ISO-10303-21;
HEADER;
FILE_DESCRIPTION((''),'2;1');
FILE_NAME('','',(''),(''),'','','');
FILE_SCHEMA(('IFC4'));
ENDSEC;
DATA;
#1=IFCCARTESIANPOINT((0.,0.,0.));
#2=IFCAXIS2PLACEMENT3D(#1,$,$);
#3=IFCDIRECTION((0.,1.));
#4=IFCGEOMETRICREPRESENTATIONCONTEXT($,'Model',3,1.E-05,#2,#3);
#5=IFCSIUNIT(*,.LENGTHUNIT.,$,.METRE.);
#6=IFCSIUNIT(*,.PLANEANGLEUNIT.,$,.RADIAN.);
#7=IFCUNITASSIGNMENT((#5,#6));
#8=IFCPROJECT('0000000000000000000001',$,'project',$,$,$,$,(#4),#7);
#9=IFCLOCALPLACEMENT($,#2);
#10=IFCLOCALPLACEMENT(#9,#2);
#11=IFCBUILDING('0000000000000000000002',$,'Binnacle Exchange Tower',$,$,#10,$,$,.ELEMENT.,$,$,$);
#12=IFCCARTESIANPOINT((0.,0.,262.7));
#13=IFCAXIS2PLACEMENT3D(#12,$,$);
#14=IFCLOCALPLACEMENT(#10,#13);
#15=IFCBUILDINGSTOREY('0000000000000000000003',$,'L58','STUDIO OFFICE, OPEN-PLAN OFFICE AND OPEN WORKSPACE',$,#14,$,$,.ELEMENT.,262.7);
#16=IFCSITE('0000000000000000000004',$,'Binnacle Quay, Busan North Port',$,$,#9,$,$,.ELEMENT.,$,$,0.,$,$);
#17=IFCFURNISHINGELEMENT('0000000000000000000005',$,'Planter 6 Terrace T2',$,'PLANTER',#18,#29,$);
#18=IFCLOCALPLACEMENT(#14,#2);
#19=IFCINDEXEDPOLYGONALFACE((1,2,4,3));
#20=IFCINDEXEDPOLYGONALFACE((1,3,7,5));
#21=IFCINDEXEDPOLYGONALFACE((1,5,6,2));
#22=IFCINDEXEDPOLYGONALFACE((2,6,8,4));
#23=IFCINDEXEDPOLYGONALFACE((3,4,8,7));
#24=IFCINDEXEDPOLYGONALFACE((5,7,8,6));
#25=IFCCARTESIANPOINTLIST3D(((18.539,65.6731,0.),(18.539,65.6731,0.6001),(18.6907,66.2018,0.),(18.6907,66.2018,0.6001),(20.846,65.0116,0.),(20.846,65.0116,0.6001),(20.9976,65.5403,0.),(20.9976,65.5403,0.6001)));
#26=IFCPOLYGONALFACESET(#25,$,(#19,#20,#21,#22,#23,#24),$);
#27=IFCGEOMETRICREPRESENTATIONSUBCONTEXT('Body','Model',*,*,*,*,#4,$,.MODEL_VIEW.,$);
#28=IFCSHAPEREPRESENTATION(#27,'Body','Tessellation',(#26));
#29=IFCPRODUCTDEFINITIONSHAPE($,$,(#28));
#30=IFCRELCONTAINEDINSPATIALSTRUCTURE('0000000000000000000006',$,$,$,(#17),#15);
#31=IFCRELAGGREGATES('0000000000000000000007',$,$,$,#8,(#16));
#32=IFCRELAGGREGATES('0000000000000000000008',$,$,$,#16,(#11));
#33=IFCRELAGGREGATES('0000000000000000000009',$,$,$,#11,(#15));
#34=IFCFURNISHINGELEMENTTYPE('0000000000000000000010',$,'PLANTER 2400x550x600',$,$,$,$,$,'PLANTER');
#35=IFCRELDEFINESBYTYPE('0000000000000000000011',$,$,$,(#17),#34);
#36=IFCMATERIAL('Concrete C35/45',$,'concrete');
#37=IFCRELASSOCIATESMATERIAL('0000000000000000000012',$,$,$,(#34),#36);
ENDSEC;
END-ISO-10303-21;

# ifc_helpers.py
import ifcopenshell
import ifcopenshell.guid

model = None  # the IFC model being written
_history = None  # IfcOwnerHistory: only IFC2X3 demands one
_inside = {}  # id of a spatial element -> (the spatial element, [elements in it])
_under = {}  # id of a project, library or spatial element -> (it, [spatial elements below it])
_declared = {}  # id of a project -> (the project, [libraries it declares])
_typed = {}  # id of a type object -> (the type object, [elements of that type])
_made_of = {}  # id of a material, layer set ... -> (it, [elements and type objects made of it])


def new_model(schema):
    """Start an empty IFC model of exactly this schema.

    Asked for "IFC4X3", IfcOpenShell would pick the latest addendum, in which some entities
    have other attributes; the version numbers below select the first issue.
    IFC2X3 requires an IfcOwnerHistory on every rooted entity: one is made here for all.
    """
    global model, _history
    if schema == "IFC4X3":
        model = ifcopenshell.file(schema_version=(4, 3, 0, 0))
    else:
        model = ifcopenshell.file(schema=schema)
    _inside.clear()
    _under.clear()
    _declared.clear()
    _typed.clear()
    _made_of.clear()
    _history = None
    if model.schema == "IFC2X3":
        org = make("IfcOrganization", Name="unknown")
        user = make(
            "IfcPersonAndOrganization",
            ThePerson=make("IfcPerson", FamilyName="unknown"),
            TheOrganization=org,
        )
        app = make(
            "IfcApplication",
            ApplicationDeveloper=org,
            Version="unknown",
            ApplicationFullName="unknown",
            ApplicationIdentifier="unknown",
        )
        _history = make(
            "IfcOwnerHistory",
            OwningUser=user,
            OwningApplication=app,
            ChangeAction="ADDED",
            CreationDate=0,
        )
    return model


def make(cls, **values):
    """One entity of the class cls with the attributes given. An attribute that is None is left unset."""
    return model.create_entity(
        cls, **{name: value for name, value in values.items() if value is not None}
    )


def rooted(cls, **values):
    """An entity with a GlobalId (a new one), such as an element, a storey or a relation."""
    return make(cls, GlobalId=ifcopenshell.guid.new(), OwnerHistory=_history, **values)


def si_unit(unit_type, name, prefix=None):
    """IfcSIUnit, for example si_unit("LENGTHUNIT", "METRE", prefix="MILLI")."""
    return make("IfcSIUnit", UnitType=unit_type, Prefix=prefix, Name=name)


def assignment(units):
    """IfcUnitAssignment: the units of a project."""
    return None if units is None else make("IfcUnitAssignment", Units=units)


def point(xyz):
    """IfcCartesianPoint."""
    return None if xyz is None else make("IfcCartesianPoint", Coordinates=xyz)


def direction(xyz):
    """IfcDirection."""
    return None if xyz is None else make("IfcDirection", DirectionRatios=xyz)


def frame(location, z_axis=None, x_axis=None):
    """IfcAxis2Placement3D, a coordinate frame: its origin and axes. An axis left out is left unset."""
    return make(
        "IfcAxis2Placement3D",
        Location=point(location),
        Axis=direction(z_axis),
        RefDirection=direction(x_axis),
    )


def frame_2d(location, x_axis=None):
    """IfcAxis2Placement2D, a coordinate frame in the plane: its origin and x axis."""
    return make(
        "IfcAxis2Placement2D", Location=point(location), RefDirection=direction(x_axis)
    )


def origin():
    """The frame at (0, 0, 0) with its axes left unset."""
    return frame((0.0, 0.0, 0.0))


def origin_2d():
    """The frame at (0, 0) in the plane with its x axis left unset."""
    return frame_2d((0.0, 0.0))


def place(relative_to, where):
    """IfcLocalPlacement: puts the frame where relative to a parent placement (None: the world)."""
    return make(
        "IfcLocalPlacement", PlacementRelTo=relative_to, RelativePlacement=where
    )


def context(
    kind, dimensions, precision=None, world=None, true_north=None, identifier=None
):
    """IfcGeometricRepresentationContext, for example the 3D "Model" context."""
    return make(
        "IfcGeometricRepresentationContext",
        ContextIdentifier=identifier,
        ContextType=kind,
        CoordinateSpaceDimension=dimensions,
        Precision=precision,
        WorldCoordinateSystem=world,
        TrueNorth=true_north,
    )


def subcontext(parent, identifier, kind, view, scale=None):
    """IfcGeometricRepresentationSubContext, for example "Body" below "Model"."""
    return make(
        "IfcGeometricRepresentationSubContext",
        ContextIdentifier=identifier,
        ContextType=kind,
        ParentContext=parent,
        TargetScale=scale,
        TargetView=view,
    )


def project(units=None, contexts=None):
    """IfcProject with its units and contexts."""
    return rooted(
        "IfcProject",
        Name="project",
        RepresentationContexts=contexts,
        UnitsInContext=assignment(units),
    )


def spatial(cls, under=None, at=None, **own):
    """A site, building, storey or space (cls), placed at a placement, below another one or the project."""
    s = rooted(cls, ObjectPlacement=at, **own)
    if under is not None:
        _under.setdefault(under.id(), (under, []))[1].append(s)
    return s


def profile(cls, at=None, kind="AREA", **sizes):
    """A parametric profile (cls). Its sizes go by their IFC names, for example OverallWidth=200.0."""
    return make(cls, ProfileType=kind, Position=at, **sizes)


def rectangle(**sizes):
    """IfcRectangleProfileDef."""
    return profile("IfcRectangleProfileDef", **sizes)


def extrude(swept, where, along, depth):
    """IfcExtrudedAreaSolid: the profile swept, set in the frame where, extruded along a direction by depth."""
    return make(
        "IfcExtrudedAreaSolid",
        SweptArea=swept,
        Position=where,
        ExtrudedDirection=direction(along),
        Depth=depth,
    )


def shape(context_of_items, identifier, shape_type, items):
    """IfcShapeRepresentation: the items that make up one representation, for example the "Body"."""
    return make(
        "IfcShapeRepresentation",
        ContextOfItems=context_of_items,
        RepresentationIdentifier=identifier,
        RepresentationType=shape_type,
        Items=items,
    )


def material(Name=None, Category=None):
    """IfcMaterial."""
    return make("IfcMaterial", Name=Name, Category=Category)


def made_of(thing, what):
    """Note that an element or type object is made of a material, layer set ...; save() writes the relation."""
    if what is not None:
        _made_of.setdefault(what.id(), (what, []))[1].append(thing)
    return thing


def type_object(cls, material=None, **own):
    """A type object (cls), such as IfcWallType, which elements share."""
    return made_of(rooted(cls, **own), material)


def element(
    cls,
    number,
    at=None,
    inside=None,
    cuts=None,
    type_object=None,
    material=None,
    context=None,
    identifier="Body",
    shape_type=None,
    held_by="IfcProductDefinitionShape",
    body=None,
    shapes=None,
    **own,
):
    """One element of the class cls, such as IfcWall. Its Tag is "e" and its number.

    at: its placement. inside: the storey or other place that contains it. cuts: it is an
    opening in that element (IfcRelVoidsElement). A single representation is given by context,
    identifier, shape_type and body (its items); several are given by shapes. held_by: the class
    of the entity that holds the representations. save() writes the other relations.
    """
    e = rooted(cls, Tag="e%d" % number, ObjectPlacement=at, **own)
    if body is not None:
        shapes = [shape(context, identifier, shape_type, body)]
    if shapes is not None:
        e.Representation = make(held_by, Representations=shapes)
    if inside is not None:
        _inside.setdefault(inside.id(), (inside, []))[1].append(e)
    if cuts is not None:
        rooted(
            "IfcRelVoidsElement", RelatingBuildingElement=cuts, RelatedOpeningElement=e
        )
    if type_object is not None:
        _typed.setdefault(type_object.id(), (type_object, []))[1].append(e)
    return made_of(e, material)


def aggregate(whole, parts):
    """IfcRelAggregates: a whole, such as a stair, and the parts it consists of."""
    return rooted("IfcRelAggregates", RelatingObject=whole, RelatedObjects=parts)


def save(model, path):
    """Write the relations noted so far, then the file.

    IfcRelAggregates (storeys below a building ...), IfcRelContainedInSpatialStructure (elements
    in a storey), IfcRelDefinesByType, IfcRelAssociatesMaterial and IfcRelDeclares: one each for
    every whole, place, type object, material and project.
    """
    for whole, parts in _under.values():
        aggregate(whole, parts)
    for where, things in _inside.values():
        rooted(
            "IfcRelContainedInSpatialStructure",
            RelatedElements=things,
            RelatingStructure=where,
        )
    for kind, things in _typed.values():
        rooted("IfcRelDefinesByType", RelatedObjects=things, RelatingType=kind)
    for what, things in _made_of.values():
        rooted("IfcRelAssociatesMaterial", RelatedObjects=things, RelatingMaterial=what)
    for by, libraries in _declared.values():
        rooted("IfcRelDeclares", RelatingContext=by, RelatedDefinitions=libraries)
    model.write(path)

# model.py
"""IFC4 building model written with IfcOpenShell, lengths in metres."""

from ifc_helpers import new_model, si_unit, direction, frame, origin, origin_2d, place, context, subcontext, project, spatial, rectangle, extrude, material, type_object, element, save


model = new_model("IFC4")

# Units and contexts
model_context = context("Model", 3, precision=1e-05, world=origin(), true_north=direction((0.0, 1.0)))
body_context = subcontext(model_context, "Body", "Model", "MODEL_VIEW")
ifc_project = project(units=[si_unit("LENGTHUNIT", "METRE"), si_unit("PLANEANGLEUNIT", "RADIAN")], contexts=[model_context])

# Site, building, storey
site_placement = place(None, origin())
site = spatial("IfcSite", under=ifc_project, at=site_placement, Name="Binnacle Quay, Busan North Port", CompositionType="ELEMENT", RefElevation=0.0)
building_placement = place(site_placement, origin())
building = spatial("IfcBuilding", under=site, at=building_placement, Name="Binnacle Exchange Tower", CompositionType="ELEMENT")
storey_placement = place(building_placement, frame((0.0, 0.0, 262.7)))
storey = spatial("IfcBuildingStorey", under=building, at=storey_placement, Name="L58", Description="STUDIO OFFICE, OPEN-PLAN OFFICE AND OPEN WORKSPACE", CompositionType="ELEMENT", Elevation=262.7)

# Furnishing element
ifc_material_1 = material(Name="Concrete C35/45", Category="concrete")
furnishing_element_type = type_object("IfcFurnishingElementType", Name="PLANTER 2400x550x600", ElementType="PLANTER", material=ifc_material_1)
for number, where, z_axis, x_axis, name in (
    (1, (19.7683, 65.6067, 0.0), (0.0, 0.0, 1.0), (-0.961261, 0.275639, 0.0), "Planter 6 Terrace T2"),
):
    element("IfcFurnishingElement", number, at=place(storey_placement, frame(where, z_axis=z_axis, x_axis=x_axis)), inside=storey, type_object=furnishing_element_type, Name=name, ObjectType="PLANTER", context=body_context, shape_type="SweptSolid", body=[
        extrude(rectangle(XDim=2.3999, YDim=0.55, at=origin_2d()), origin(), (0.0, 0.0, 1.0), 0.6001),
    ])

save(model, "model.ifc")
